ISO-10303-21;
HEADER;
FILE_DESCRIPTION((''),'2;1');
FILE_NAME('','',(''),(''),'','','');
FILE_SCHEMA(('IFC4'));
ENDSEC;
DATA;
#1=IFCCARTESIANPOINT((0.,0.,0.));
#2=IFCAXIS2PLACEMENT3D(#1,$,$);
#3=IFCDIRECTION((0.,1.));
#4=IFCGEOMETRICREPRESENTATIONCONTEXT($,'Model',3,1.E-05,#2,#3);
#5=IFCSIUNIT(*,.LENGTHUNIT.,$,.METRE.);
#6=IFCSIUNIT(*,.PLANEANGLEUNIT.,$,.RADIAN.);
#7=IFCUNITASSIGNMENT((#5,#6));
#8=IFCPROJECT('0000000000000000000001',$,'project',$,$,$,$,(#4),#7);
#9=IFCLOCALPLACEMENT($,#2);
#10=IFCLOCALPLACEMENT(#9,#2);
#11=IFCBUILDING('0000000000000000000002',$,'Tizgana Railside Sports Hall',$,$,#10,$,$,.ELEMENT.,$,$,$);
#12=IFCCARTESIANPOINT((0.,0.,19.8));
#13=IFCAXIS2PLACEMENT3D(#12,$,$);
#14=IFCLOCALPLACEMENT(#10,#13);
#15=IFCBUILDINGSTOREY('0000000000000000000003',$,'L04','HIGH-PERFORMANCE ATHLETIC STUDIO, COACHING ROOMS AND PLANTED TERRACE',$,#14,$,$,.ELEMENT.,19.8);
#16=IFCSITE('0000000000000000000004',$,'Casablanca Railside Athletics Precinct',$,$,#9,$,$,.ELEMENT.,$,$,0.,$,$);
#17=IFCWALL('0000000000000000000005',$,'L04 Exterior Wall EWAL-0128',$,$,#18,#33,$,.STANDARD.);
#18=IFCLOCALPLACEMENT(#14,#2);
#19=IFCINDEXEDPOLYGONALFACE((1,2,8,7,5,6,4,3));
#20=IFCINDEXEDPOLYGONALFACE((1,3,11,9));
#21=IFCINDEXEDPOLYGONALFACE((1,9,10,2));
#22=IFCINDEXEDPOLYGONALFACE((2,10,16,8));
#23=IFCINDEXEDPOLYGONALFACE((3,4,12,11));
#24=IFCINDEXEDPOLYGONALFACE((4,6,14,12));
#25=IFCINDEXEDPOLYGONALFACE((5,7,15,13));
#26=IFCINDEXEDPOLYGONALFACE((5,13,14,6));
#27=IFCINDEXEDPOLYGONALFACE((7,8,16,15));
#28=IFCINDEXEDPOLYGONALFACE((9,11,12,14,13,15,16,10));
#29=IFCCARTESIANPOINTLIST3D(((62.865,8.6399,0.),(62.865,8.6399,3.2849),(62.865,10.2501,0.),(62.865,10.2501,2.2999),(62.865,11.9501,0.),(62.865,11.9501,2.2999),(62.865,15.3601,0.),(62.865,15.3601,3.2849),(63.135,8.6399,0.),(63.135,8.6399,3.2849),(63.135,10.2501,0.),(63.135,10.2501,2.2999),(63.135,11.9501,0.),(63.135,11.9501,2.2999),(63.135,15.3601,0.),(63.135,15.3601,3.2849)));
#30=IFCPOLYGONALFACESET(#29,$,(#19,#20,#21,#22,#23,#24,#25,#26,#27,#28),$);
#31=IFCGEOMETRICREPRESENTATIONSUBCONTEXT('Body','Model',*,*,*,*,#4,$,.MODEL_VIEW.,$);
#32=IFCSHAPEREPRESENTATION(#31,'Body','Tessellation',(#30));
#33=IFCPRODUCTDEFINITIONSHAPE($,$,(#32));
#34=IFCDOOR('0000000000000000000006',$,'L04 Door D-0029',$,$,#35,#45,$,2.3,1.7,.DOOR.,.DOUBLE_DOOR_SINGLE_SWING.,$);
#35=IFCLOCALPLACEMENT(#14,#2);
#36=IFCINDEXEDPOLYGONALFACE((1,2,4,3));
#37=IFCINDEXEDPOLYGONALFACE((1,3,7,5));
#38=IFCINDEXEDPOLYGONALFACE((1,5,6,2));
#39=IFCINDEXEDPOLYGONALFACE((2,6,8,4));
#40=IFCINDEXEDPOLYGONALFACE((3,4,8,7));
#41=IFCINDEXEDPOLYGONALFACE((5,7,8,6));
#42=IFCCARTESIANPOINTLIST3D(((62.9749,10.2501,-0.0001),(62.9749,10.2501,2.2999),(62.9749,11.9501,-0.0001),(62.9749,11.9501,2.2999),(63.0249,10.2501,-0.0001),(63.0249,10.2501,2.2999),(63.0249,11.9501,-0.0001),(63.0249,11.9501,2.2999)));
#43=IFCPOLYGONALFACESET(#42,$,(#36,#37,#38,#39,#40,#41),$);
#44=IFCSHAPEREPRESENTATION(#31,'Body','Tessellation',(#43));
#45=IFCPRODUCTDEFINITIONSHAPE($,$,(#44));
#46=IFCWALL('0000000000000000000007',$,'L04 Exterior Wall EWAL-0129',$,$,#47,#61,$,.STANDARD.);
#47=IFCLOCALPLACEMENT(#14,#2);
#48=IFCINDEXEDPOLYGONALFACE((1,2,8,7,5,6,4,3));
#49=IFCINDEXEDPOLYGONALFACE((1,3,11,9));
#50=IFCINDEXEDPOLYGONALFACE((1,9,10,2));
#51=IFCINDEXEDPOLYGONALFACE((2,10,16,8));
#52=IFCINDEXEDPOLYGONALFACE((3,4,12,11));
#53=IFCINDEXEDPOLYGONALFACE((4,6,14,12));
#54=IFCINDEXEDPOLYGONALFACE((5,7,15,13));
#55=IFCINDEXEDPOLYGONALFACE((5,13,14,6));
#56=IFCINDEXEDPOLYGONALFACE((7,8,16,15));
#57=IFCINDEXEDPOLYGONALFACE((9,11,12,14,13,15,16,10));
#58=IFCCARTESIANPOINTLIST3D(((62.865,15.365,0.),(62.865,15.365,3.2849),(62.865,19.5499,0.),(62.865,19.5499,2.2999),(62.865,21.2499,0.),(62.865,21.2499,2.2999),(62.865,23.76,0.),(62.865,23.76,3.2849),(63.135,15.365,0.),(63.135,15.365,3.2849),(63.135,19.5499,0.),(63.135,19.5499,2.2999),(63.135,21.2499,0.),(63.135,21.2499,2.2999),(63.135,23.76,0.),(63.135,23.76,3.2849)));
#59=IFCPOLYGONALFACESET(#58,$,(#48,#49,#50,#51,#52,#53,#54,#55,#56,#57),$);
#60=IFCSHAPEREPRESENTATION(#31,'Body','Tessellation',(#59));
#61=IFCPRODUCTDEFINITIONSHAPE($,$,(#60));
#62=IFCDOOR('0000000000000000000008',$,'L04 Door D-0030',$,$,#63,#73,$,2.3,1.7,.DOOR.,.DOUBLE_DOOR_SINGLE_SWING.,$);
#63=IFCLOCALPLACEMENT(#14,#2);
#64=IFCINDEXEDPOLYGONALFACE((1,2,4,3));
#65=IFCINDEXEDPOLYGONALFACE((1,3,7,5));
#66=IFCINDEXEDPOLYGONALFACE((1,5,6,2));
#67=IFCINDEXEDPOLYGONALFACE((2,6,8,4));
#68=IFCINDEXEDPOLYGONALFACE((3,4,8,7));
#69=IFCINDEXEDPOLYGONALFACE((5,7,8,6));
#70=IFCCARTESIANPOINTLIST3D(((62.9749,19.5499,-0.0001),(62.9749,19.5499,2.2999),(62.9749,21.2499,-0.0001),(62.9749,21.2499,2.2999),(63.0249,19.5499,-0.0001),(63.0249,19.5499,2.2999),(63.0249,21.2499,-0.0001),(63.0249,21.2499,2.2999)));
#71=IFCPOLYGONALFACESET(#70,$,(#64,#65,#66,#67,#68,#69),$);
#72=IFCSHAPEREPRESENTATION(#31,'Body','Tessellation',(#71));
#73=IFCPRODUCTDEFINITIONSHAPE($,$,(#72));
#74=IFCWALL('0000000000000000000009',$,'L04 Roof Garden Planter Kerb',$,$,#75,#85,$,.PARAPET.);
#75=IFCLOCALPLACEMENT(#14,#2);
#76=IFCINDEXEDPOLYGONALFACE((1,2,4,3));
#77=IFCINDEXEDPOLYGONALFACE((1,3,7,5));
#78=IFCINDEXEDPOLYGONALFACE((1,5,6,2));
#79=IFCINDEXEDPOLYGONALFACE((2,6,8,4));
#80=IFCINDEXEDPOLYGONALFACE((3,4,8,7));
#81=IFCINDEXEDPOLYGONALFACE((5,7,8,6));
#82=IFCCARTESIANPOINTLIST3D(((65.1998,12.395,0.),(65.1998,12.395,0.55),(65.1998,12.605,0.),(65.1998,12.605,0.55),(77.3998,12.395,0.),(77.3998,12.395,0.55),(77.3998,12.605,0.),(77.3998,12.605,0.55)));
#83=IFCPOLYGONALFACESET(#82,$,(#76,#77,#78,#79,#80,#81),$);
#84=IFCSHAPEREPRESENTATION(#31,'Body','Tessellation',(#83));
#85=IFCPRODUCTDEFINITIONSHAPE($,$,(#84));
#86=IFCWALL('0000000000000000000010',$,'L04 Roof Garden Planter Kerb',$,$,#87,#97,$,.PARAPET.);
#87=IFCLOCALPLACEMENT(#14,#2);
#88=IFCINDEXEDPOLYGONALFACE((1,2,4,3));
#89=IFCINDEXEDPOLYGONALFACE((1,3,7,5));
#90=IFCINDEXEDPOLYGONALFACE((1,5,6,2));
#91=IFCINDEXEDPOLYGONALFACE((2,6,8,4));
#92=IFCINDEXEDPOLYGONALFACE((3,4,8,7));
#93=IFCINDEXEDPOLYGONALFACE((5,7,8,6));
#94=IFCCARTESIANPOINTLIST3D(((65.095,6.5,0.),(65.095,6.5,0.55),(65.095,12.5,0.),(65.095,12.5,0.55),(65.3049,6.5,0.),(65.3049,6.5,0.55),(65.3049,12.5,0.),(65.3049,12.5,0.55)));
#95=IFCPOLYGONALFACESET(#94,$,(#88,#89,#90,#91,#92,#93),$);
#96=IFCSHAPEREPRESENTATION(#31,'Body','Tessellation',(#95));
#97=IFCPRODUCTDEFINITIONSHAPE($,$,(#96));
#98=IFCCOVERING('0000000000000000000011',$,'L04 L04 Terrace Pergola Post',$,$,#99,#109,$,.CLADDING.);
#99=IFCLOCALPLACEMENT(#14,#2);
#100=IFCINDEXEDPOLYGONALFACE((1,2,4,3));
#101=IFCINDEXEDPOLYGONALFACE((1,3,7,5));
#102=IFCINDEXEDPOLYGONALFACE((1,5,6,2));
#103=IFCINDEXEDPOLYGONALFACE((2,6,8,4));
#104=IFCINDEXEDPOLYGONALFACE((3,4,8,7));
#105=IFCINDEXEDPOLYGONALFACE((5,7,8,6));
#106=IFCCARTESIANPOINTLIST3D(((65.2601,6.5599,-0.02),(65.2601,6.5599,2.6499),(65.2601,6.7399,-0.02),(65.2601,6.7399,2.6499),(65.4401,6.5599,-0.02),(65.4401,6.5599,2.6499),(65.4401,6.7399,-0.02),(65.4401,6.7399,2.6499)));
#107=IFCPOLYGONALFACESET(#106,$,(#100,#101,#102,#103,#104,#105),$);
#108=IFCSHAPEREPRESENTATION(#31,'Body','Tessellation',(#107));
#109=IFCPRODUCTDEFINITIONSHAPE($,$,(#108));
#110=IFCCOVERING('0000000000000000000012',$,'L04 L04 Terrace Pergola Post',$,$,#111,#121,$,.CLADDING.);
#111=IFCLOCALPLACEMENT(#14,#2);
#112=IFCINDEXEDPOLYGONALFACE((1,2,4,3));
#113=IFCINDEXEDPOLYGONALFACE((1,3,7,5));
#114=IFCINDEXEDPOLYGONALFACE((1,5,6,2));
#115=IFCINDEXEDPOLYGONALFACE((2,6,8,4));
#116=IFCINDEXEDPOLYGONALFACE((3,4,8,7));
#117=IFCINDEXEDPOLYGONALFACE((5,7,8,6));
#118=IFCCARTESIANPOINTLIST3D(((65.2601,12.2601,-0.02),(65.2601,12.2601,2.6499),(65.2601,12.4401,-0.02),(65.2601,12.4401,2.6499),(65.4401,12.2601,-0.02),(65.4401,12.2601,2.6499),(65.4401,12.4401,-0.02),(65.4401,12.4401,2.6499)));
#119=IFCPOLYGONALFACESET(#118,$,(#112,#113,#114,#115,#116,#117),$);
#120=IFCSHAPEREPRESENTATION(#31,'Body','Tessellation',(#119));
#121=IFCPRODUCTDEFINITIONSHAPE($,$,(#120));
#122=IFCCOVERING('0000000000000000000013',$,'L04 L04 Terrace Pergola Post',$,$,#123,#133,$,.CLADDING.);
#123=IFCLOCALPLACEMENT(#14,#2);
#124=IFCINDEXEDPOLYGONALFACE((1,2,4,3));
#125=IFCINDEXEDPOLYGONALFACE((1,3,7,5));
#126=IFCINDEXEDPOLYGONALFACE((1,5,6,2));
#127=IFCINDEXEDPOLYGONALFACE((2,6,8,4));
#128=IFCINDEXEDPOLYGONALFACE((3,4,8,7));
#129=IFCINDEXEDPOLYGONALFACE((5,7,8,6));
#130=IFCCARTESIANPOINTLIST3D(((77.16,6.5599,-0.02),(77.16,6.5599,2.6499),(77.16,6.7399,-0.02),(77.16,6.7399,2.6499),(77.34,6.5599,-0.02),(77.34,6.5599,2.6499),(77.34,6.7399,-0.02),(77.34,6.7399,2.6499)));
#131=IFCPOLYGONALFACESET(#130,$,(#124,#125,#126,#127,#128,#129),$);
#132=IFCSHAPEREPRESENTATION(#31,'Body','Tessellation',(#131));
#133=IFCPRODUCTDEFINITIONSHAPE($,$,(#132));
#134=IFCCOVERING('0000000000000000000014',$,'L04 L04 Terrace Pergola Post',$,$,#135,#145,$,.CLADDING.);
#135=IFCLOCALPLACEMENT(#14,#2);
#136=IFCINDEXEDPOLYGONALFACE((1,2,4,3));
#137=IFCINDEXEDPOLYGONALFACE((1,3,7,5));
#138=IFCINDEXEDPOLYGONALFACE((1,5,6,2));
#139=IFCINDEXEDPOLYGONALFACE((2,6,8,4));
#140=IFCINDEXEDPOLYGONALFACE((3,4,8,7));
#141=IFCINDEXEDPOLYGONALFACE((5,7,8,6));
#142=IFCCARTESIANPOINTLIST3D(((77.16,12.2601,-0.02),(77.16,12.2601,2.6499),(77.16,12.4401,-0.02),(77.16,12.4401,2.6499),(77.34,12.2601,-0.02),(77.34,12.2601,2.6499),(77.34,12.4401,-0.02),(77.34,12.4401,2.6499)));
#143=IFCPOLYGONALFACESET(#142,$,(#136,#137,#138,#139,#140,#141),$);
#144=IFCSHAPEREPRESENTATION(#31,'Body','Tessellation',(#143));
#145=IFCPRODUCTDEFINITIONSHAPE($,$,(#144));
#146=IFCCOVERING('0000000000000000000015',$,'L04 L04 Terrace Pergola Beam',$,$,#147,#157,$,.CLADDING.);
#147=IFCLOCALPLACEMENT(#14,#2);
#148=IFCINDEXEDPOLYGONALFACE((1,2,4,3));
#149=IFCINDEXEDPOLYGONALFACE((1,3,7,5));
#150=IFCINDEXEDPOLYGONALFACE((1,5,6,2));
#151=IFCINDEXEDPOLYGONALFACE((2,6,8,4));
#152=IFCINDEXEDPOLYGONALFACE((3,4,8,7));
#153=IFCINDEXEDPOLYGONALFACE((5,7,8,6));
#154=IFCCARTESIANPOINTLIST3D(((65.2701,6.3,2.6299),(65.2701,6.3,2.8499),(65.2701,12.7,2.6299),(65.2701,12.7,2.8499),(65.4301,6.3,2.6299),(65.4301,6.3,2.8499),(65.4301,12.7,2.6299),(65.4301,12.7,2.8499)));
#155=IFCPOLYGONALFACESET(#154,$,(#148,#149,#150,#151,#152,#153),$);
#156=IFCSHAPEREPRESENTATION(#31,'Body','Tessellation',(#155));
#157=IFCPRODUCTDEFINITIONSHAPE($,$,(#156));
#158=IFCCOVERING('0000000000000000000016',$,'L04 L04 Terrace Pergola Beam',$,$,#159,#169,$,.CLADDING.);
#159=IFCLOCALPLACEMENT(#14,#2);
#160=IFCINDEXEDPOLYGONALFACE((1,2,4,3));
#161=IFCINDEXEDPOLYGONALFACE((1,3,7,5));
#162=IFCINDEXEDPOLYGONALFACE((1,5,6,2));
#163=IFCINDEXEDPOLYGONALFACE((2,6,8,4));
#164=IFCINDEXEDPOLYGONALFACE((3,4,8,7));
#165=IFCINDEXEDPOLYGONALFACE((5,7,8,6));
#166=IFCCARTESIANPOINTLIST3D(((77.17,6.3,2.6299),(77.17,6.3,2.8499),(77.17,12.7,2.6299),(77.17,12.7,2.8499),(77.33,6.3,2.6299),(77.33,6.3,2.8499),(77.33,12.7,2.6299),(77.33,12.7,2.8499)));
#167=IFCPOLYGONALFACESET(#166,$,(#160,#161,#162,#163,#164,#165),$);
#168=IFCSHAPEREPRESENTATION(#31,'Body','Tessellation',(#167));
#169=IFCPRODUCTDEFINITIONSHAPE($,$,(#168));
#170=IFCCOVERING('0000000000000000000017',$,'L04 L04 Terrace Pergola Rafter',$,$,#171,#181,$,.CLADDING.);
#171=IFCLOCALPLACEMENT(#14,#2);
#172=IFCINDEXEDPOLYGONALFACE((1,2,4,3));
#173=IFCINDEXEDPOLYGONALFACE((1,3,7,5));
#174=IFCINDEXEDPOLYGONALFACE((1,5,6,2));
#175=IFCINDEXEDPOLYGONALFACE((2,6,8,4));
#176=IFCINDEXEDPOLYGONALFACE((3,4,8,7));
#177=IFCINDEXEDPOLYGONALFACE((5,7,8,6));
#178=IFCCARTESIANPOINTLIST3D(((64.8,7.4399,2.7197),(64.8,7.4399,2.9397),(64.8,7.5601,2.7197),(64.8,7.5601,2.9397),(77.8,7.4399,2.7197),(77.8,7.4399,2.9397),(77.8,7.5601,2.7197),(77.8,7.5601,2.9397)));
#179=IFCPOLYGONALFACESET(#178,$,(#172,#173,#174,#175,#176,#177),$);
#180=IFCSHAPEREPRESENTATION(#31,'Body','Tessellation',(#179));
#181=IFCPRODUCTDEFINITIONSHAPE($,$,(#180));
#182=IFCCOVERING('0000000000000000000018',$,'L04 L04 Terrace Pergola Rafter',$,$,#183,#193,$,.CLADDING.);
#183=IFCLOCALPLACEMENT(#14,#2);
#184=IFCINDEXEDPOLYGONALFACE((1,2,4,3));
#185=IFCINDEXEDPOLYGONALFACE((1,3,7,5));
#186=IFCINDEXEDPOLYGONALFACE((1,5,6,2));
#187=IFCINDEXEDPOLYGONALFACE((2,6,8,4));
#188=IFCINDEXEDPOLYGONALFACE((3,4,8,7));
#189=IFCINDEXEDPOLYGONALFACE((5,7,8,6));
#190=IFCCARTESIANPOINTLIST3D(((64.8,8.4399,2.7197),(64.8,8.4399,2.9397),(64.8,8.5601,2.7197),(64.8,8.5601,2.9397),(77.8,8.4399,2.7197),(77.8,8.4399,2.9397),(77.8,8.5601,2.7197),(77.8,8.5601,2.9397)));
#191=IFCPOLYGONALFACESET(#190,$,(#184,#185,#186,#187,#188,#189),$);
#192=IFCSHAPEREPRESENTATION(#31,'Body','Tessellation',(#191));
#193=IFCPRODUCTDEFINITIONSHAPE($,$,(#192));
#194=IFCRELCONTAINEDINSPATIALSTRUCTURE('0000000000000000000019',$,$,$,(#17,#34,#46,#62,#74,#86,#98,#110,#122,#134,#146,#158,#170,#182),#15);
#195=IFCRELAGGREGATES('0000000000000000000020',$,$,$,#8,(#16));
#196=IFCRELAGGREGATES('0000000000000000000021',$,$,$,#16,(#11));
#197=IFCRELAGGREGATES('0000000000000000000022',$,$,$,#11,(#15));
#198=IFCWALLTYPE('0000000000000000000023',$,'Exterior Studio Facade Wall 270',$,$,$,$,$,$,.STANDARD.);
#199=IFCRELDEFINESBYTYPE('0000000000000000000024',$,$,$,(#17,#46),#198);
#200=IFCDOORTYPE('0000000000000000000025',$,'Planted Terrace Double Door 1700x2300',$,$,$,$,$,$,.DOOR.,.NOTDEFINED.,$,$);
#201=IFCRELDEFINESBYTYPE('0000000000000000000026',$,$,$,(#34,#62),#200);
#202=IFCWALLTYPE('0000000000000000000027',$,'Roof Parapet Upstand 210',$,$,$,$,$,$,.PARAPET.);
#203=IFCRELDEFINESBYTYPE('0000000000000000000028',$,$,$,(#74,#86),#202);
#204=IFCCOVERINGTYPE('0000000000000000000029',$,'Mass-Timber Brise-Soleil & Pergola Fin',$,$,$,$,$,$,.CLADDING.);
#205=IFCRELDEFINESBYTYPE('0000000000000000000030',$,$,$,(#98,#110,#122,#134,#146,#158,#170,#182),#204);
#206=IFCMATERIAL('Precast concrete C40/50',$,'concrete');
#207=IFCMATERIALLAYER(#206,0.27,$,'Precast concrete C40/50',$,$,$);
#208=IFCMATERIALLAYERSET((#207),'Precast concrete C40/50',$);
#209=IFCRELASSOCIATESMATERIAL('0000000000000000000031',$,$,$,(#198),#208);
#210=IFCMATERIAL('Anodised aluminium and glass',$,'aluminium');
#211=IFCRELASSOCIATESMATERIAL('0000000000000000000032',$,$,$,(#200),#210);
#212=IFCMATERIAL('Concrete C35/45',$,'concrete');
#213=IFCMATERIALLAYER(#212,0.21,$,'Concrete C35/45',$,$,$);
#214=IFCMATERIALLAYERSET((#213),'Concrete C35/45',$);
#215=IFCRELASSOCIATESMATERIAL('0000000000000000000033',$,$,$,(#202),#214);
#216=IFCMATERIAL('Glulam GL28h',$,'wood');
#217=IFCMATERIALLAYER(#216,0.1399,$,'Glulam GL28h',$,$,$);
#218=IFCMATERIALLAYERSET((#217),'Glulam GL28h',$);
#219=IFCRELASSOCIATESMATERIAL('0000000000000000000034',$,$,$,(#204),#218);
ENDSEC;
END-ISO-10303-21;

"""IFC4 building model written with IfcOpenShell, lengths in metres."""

from ifc_helpers import new_model, si_unit, direction, frame, frame_2d, origin, origin_2d, place, context, subcontext, project, spatial, rectangle, extrude, material, layer, layer_set, type_object, element, fill, save


model = new_model("IFC4")

# Units and contexts
model_context = context("Model", 3, precision=1e-05, world=origin(), true_north=direction((0.0, 1.0)))
body_context = subcontext(model_context, "Body", "Model", "MODEL_VIEW")
ifc_project = project(units=[si_unit("LENGTHUNIT", "METRE"), si_unit("PLANEANGLEUNIT", "RADIAN")], contexts=[model_context])

# Site, building, storey
site_placement = place(None, origin())
site = spatial("IfcSite", under=ifc_project, at=site_placement, Name="Casablanca Railside Athletics Precinct", CompositionType="ELEMENT", RefElevation=0.0)
building_placement = place(site_placement, origin())
building = spatial("IfcBuilding", under=site, at=building_placement, Name="Tizgana Railside Sports Hall", CompositionType="ELEMENT")
storey_placement = place(building_placement, frame((0.0, 0.0, 19.8)))
storey = spatial("IfcBuildingStorey", under=building, at=storey_placement, Name="L04", Description="HIGH-PERFORMANCE ATHLETIC STUDIO, COACHING ROOMS AND PLANTED TERRACE", CompositionType="ELEMENT", Elevation=19.8)

# Shared definitions
ifc_material_1 = material(Name="Anodised aluminium and glass", Category="aluminium")

# Walls, openings, doors
ifc_material_2 = material(Name="Precast concrete C40/50", Category="concrete")
ifc_layer_1 = layer(ifc_material_2, 0.27, Name="Precast concrete C40/50")
ifc_layer_set_1 = layer_set([ifc_layer_1], Name="Precast concrete C40/50")
wall_type_1 = type_object("IfcWallType", Name="Exterior Studio Facade Wall 270", PredefinedType="STANDARD", material=ifc_layer_set_1)
wall_1_placement = place(storey_placement, frame((63.0, 15.3601, 0.0), z_axis=(0.0, 0.0, 1.0), x_axis=(0.0, -1.0, 0.0)))
wall_1 = element("IfcWall", 1, at=wall_1_placement, inside=storey, type_object=wall_type_1, Name="L04 Exterior Wall EWAL-0128", PredefinedType="STANDARD", context=body_context, shape_type="SweptSolid", body=[
    extrude(rectangle(XDim=6.7202, YDim=0.27, at=frame_2d((3.3601, 0.0))), origin(), (0.0, 0.0, 1.0), 3.2849),
])
opening_1_placement = place(wall_1_placement, frame((3.4099, 0.0, 0.0)))
opening_1 = element("IfcOpeningElement", 2, at=opening_1_placement, cuts=wall_1, PredefinedType="OPENING", context=body_context, shape_type="SweptSolid", body=[
    extrude(rectangle(XDim=1.7, YDim=2.3, at=frame_2d((0.8501, 1.1499))), frame((0.0, 0.145, 0.0), z_axis=(0.0, -1.0, 0.0), x_axis=(1.0, 0.0, 0.0)), (0.0, 0.0, 1.0), 0.29),
])
door_type = type_object("IfcDoorType", Name="Planted Terrace Double Door 1700x2300", OperationType="NOTDEFINED", PredefinedType="DOOR", material=ifc_material_1)
door_1_placement = place(opening_1_placement, origin())
door_1 = element("IfcDoor", 3, at=door_1_placement, inside=storey, type_object=door_type, Name="L04 Door D-0029", OperationType="DOUBLE_DOOR_SINGLE_SWING", OverallHeight=2.3, OverallWidth=1.7, PredefinedType="DOOR", context=body_context, shape_type="SweptSolid", body=[
    extrude(rectangle(XDim=1.7, YDim=2.3, at=frame_2d((0.8501, 1.1499))), frame((0.0, 0.0249, 0.0), z_axis=(0.0, -1.0, 0.0), x_axis=(1.0, 0.0, 0.0)), (0.0, 0.0, 1.0), 0.05),
])
fill(opening_1, door_1)
wall_2_placement = place(storey_placement, frame((63.0, 23.76, 0.0), z_axis=(0.0, 0.0, 1.0), x_axis=(0.0, -1.0, 0.0)))
wall_2 = element("IfcWall", 4, at=wall_2_placement, inside=storey, type_object=wall_type_1, Name="L04 Exterior Wall EWAL-0129", PredefinedType="STANDARD", context=body_context, shape_type="SweptSolid", body=[
    extrude(rectangle(XDim=8.395, YDim=0.27, at=frame_2d((4.1975, 0.0))), origin(), (0.0, 0.0, 1.0), 3.2849),
])
opening_2_placement = place(wall_2_placement, frame((2.51, 0.0, 0.0)))
opening_2 = element("IfcOpeningElement", 5, at=opening_2_placement, cuts=wall_2, PredefinedType="OPENING", context=body_context, shape_type="SweptSolid", body=[
    extrude(rectangle(XDim=1.7, YDim=2.3, at=frame_2d((0.8501, 1.1499))), frame((0.0, 0.145, 0.0), z_axis=(0.0, -1.0, 0.0), x_axis=(1.0, 0.0, 0.0)), (0.0, 0.0, 1.0), 0.29),
])
door_2_placement = place(opening_2_placement, origin())
door_2 = element("IfcDoor", 6, at=door_2_placement, inside=storey, type_object=door_type, Name="L04 Door D-0030", OperationType="DOUBLE_DOOR_SINGLE_SWING", OverallHeight=2.3, OverallWidth=1.7, PredefinedType="DOOR", context=body_context, shape_type="SweptSolid", body=[
    extrude(rectangle(XDim=1.7, YDim=2.3, at=frame_2d((0.8501, 1.1499))), frame((0.0, 0.0249, 0.0), z_axis=(0.0, -1.0, 0.0), x_axis=(1.0, 0.0, 0.0)), (0.0, 0.0, 1.0), 0.05),
])
fill(opening_2, door_2)

# Walls
ifc_material_3 = material(Name="Concrete C35/45", Category="concrete")
ifc_layer_2 = layer(ifc_material_3, 0.21, Name="Concrete C35/45")
ifc_layer_set_2 = layer_set([ifc_layer_2], Name="Concrete C35/45")
wall_type_2 = type_object("IfcWallType", Name="Roof Parapet Upstand 210", PredefinedType="PARAPET", material=ifc_layer_set_2)
wall_3_placement = place(storey_placement, frame((77.3999, 12.5, 0.0), z_axis=(0.0, 0.0, 1.0), x_axis=(-1.0, 0.0, 0.0)))
element("IfcWall", 7, at=wall_3_placement, inside=storey, type_object=wall_type_2, Name="L04 Roof Garden Planter Kerb", PredefinedType="PARAPET", context=body_context, shape_type="SweptSolid", body=[
    extrude(rectangle(XDim=12.2, YDim=0.21, at=frame_2d((6.1001, 0.0))), origin(), (0.0, 0.0, 1.0), 0.55),
])
wall_4_placement = place(storey_placement, frame((65.2, 12.5, 0.0), z_axis=(0.0, 0.0, 1.0), x_axis=(0.0, -1.0, 0.0)))
element("IfcWall", 8, at=wall_4_placement, inside=storey, type_object=wall_type_2, Name="L04 Roof Garden Planter Kerb", PredefinedType="PARAPET", context=body_context, shape_type="SweptSolid", body=[
    extrude(rectangle(XDim=6.0, YDim=0.21, at=frame_2d((3.0, 0.0))), origin(), (0.0, 0.0, 1.0), 0.55),
])

# Coverings
ifc_material_4 = material(Name="Glulam GL28h", Category="wood")
ifc_layer_3 = layer(ifc_material_4, 0.1399, Name="Glulam GL28h")
ifc_layer_set_3 = layer_set([ifc_layer_3], Name="Glulam GL28h")
covering_type = type_object("IfcCoveringType", Name="Mass-Timber Brise-Soleil & Pergola Fin", PredefinedType="CLADDING", material=ifc_layer_set_3)
for number, where, z_axis, x_axis, name in (
    (9, (65.3501, 6.6499, -0.02), (0.0, 0.0, 1.0), (1.0, 0.0, 0.0), "L04 L04 Terrace Pergola Post"),
    (10, (65.3501, 12.3501, -0.02), (0.0, 0.0, 1.0), (1.0, 0.0, 0.0), "L04 L04 Terrace Pergola Post"),
    (11, (77.25, 6.6499, -0.02), (0.0, 0.0, 1.0), (1.0, 0.0, 0.0), "L04 L04 Terrace Pergola Post"),
    (12, (77.25, 12.3501, -0.02), (0.0, 0.0, 1.0), (1.0, 0.0, 0.0), "L04 L04 Terrace Pergola Post"),
):
    element("IfcCovering", number, at=place(storey_placement, frame(where, z_axis=z_axis, x_axis=x_axis)), inside=storey, type_object=covering_type, Name=name, PredefinedType="CLADDING", context=body_context, shape_type="SweptSolid", body=[
        extrude(rectangle(XDim=0.1799, YDim=0.1799, at=origin_2d()), origin(), (0.0, 0.0, 1.0), 2.6699),
    ])
for number, where, z_axis, x_axis, name in (
    (13, (65.3501, 9.5, 2.6299), (0.0, 0.0, 1.0), (1.0, 0.0, 0.0), "L04 L04 Terrace Pergola Beam"),
    (14, (77.25, 9.5, 2.6299), (0.0, 0.0, 1.0), (1.0, 0.0, 0.0), "L04 L04 Terrace Pergola Beam"),
):
    element("IfcCovering", number, at=place(storey_placement, frame(where, z_axis=z_axis, x_axis=x_axis)), inside=storey, type_object=covering_type, Name=name, PredefinedType="CLADDING", context=body_context, shape_type="SweptSolid", body=[
        extrude(rectangle(XDim=0.1599, YDim=6.3999, at=origin_2d()), origin(), (0.0, 0.0, 1.0), 0.22),
    ])
for number, where, z_axis, x_axis, name in (
    (15, (71.3, 7.5, 2.7197), (0.0, 0.0, 1.0), (1.0, 0.0, 0.0), "L04 L04 Terrace Pergola Rafter"),
    (16, (71.3, 8.5, 2.7197), (0.0, 0.0, 1.0), (1.0, 0.0, 0.0), "L04 L04 Terrace Pergola Rafter"),
):
    element("IfcCovering", number, at=place(storey_placement, frame(where, z_axis=z_axis, x_axis=x_axis)), inside=storey, type_object=covering_type, Name=name, PredefinedType="CLADDING", context=body_context, shape_type="SweptSolid", body=[
        extrude(rectangle(XDim=13.0, YDim=0.1201, at=origin_2d()), origin(), (0.0, 0.0, 1.0), 0.22),
    ])

save(model, "model.ifc")
